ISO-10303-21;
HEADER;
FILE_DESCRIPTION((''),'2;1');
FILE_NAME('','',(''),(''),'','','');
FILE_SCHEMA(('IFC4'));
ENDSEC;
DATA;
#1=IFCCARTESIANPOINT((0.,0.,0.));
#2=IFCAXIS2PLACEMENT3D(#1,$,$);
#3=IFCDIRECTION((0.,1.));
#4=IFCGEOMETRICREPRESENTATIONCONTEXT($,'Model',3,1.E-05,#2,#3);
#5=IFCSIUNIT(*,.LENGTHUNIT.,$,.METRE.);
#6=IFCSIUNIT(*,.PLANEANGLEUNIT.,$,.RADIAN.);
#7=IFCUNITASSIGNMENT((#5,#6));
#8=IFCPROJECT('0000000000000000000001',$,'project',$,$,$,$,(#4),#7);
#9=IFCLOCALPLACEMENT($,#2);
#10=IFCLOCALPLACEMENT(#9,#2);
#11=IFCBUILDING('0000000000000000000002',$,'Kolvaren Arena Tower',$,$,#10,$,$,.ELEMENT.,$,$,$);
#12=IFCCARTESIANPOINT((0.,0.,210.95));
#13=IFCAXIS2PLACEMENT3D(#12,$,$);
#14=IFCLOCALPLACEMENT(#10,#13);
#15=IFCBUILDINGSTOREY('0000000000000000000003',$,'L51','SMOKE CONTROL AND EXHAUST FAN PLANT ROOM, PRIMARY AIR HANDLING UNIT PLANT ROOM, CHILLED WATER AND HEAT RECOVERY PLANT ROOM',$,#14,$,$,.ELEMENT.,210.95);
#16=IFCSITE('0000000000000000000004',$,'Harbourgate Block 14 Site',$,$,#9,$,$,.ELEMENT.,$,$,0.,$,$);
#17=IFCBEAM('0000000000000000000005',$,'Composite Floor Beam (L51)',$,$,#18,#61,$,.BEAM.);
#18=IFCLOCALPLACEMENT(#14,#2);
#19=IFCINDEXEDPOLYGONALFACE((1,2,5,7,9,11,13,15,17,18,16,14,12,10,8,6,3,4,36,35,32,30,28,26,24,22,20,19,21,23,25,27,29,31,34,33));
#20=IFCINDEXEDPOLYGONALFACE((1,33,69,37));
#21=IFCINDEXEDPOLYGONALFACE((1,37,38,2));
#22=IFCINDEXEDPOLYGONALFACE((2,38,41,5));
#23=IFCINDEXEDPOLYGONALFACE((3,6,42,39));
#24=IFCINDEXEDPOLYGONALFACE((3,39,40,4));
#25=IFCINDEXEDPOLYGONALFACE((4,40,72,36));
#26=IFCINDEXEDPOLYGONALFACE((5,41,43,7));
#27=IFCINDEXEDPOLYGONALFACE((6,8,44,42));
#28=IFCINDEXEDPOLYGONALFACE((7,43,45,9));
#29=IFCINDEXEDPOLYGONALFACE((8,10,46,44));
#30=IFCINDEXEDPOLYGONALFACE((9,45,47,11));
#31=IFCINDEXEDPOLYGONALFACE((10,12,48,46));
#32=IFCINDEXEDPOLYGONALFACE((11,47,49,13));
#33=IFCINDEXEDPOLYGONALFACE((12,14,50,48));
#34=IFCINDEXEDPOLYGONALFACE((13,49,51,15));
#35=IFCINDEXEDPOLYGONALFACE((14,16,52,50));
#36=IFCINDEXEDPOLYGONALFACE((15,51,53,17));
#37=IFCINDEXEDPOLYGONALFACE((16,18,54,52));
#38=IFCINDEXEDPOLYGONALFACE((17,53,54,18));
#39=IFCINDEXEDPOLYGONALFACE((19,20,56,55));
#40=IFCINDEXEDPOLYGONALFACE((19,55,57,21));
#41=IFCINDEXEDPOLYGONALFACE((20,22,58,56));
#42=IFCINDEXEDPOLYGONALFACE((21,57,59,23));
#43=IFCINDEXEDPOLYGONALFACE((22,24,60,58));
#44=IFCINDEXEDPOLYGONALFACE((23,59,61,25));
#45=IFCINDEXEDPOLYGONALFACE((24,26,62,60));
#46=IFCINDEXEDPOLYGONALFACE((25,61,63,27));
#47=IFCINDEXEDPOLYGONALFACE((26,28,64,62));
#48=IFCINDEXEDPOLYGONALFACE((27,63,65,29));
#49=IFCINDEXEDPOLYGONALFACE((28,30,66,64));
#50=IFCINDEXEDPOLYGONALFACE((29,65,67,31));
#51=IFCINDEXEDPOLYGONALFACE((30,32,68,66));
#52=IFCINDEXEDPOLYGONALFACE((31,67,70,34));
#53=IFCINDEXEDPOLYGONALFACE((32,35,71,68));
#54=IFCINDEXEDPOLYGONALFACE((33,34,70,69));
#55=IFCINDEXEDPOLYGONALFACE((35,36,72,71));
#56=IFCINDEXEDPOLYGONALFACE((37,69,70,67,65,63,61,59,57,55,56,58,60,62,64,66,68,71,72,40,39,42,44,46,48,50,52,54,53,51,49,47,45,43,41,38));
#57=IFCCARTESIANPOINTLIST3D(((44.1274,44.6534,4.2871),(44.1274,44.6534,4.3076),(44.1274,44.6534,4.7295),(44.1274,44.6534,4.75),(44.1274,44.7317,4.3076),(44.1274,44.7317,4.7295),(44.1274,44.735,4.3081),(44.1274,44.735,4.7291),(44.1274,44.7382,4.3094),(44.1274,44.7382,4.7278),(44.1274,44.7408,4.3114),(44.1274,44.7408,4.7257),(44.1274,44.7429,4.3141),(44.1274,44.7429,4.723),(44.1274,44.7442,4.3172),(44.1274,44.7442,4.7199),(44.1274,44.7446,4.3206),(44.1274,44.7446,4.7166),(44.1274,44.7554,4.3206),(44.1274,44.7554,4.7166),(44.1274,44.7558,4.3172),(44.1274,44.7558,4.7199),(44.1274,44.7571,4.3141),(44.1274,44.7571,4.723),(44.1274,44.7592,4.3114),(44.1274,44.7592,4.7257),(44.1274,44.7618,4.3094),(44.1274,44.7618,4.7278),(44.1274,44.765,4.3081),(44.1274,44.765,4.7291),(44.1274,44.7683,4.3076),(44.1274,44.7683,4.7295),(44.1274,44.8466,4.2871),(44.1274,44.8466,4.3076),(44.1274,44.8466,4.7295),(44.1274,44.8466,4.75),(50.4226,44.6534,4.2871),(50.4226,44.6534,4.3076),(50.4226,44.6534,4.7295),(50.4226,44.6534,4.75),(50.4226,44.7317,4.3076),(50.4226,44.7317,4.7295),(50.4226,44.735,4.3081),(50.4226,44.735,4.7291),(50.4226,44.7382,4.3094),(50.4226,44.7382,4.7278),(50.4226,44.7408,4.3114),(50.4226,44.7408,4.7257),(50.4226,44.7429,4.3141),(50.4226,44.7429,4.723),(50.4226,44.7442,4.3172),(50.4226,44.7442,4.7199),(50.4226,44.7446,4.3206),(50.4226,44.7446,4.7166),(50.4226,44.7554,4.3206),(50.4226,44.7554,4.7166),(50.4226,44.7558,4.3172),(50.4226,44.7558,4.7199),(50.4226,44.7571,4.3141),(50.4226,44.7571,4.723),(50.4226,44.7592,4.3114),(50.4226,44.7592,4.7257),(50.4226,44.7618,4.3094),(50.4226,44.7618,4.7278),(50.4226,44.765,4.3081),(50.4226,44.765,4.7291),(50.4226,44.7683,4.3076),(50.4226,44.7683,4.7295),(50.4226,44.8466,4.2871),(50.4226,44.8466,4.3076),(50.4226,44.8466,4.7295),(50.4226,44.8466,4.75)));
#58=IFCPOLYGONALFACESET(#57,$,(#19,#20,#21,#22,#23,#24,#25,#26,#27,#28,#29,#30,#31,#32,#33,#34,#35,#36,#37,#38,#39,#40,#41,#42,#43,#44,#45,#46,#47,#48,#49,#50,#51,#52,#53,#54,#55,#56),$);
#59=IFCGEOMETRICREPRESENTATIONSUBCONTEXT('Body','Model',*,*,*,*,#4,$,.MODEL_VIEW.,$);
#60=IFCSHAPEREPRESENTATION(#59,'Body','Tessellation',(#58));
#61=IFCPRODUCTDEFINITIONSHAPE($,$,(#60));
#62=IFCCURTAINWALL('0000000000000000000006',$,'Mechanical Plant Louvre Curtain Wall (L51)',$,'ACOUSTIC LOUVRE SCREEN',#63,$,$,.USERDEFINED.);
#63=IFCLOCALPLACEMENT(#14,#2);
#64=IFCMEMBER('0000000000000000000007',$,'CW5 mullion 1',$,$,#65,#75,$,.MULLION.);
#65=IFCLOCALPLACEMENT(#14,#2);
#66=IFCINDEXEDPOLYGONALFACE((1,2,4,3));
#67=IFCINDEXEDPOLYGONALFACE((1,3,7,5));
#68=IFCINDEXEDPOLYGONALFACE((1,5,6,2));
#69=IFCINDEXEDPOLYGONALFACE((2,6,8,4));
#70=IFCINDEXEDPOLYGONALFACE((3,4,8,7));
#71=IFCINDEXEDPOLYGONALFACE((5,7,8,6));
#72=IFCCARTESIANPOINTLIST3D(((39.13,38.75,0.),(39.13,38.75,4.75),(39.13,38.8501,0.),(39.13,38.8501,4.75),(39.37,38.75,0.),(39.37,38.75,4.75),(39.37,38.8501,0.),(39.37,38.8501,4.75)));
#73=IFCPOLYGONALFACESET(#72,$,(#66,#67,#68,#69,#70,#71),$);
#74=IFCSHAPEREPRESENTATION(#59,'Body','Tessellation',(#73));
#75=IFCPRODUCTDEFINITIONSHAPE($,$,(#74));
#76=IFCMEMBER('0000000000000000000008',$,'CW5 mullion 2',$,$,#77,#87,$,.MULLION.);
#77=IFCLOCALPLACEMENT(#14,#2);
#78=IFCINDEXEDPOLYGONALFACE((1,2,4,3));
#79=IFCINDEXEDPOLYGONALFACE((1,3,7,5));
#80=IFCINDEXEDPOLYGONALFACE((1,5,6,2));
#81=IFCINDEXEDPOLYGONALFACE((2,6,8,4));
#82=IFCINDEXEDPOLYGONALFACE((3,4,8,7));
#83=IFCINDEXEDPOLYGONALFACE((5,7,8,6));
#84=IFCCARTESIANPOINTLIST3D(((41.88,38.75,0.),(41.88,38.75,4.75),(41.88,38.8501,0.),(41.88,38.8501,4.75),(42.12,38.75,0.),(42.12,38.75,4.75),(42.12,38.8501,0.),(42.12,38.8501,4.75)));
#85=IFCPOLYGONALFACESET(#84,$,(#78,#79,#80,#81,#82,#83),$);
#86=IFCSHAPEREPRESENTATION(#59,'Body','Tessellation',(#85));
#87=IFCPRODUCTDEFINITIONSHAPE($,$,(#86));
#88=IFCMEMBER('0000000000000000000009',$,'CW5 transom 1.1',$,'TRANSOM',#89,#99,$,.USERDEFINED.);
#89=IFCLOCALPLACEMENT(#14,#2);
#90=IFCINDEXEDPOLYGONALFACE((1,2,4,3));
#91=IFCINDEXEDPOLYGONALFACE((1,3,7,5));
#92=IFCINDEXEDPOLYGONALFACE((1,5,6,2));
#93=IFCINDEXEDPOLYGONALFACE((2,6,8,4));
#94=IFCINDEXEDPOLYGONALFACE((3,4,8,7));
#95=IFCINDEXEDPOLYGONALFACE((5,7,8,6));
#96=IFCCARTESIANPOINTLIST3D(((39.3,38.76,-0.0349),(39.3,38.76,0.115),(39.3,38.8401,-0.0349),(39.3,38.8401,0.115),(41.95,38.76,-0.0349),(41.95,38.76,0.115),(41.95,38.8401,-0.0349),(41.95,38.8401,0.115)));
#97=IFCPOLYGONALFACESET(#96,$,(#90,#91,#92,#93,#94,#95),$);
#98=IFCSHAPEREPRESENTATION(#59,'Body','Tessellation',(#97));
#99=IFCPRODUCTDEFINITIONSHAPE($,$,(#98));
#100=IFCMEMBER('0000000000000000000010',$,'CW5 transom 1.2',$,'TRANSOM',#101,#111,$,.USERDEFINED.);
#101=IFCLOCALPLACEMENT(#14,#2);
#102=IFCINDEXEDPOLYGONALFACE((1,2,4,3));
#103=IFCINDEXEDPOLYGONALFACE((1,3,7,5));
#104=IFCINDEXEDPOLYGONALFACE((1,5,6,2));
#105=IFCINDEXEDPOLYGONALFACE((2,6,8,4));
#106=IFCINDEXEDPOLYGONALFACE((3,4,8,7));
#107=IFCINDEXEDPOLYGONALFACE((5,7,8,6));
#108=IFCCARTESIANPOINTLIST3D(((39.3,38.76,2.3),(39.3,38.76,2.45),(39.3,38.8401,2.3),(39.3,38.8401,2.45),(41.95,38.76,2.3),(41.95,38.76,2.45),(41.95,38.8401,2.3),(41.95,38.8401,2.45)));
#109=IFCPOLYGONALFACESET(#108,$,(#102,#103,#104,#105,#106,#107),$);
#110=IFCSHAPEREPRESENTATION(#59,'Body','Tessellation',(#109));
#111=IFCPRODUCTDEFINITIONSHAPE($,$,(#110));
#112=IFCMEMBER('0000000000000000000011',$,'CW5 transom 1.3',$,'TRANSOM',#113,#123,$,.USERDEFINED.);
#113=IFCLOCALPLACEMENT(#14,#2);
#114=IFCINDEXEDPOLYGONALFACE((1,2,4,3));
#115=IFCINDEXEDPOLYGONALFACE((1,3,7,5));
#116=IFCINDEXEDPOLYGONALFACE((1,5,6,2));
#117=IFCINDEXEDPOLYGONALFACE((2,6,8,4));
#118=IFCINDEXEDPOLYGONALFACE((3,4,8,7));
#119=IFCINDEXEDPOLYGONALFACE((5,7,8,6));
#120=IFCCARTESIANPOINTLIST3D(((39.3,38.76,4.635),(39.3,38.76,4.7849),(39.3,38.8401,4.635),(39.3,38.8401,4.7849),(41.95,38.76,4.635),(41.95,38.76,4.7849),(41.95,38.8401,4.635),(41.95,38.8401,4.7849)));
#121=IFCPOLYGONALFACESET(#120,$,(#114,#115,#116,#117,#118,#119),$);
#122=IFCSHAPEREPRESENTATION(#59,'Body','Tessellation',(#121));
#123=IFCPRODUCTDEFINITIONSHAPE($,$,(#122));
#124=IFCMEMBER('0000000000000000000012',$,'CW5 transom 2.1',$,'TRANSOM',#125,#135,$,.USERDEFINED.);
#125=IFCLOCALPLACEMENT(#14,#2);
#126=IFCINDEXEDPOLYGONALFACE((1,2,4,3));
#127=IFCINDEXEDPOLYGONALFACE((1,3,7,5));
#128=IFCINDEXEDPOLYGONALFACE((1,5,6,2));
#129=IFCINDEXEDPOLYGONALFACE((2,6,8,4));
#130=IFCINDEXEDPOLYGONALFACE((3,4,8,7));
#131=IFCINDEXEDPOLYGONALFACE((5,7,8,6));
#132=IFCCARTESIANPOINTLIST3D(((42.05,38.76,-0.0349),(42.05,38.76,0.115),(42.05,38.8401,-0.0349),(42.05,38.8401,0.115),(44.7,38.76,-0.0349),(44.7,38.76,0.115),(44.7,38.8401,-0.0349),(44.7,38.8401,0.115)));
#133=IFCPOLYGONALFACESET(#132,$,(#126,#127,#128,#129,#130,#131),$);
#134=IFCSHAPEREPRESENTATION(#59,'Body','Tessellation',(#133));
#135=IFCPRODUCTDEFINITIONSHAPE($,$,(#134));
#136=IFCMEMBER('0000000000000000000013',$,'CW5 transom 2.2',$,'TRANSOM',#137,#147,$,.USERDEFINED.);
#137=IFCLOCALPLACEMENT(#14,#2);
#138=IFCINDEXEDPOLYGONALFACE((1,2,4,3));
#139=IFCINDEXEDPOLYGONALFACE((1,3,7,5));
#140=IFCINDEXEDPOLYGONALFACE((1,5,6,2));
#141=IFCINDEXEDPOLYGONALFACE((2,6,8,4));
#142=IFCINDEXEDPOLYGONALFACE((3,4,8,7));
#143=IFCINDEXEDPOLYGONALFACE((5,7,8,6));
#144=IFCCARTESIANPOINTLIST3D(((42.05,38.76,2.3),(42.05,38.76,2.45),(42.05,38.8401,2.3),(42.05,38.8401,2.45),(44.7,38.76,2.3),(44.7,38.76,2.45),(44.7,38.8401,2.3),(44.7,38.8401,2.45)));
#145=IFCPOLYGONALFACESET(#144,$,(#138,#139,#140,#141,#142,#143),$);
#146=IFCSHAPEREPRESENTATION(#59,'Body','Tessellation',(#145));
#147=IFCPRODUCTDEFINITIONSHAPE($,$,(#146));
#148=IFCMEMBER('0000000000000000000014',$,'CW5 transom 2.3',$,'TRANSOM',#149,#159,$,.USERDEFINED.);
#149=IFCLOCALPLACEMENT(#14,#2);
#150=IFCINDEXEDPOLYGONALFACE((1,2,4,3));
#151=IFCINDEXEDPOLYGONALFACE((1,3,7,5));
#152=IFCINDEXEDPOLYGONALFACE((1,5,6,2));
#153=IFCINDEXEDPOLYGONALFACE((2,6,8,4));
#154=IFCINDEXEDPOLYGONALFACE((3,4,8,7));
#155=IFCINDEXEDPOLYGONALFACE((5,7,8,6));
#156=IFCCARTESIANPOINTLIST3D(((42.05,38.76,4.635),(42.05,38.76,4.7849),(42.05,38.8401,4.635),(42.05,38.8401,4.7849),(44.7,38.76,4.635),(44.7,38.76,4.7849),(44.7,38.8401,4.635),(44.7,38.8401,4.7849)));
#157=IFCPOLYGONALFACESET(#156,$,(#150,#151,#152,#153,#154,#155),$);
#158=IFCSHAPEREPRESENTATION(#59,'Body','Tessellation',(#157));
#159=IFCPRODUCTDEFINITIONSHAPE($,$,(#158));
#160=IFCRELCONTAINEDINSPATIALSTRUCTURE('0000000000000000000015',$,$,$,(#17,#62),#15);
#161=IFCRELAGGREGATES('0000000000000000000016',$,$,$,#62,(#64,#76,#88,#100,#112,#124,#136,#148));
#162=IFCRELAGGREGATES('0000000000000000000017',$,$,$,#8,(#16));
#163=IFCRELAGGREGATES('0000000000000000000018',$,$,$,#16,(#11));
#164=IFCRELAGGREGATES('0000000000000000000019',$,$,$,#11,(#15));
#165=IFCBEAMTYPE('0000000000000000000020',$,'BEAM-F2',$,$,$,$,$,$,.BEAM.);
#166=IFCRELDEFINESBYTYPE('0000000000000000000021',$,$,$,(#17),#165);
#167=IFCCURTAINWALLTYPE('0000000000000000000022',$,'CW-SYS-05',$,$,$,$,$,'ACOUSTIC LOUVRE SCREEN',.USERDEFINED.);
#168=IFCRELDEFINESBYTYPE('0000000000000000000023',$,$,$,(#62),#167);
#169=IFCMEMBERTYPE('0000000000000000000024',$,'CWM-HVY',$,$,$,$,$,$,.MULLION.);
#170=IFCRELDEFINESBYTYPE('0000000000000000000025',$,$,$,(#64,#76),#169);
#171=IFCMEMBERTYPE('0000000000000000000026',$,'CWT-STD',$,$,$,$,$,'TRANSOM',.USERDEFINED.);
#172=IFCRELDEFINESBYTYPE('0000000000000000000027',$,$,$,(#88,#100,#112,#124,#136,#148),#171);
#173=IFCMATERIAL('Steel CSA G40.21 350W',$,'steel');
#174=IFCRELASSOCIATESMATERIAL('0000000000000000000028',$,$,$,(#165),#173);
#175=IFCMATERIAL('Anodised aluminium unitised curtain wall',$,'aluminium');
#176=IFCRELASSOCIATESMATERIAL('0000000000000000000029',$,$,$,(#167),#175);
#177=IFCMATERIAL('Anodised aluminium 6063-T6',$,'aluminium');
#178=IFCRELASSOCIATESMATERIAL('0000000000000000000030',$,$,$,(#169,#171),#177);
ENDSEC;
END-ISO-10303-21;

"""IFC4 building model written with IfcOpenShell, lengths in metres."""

from ifc_helpers import new_model, si_unit, direction, frame, origin, origin_2d, place, context, subcontext, project, spatial, rectangle, i_section, extrude, material, material_profile, profile_set, type_object, element, aggregate, save


model = new_model("IFC4")

# Units and contexts
model_context = context("Model", 3, precision=1e-05, world=origin(), true_north=direction((0.0, 1.0)))
body_context = subcontext(model_context, "Body", "Model", "MODEL_VIEW")
ifc_project = project(units=[si_unit("LENGTHUNIT", "METRE"), si_unit("PLANEANGLEUNIT", "RADIAN")], contexts=[model_context])

# Site, building, storey
site_placement = place(None, origin())
site = spatial("IfcSite", under=ifc_project, at=site_placement, Name="Harbourgate Block 14 Site", CompositionType="ELEMENT", RefElevation=0.0)
building_placement = place(site_placement, origin())
building = spatial("IfcBuilding", under=site, at=building_placement, Name="Kolvaren Arena Tower", CompositionType="ELEMENT")
storey_placement = place(building_placement, frame((0.0, 0.0, 210.95)))
storey = spatial("IfcBuildingStorey", under=building, at=storey_placement, Name="L51", Description="SMOKE CONTROL AND EXHAUST FAN PLANT ROOM, PRIMARY AIR HANDLING UNIT PLANT ROOM, CHILLED WATER AND HEAT RECOVERY PLANT ROOM", CompositionType="ELEMENT", Elevation=210.95)

# Beam
ifc_material_1 = material(Name="Steel CSA G40.21 350W", Category="steel")
ifc_material_profile_1 = material_profile(ifc_material_1, i_section(OverallWidth=0.1931, OverallDepth=0.4629, WebThickness=0.0107, FlangeThickness=0.0205, FilletRadius=0.0129, at=origin_2d()), Name="W460x113")
ifc_profile_set_1 = profile_set([ifc_material_profile_1], Name="Steel CSA G40.21 350W")
beam_type_1 = type_object("IfcBeamType", Name="BEAM-F2", PredefinedType="BEAM", material=ifc_profile_set_1)
beam_1_placement = place(storey_placement, frame((44.1274, 44.75, 4.5186), z_axis=(1.0, 0.0, 0.0), x_axis=(0.0, 1.0, 0.0)))
element("IfcBeam", 1, at=beam_1_placement, inside=storey, type_object=beam_type_1, Name="Composite Floor Beam (L51)", PredefinedType="BEAM", context=body_context, shape_type="SweptSolid", body=[
    extrude(i_section(OverallWidth=0.1931, OverallDepth=0.4629, WebThickness=0.0107, FlangeThickness=0.0205, FilletRadius=0.0129, at=origin_2d()), origin(), (0.0, 0.0, 1.0), 6.2952),
])

# Curtain wall, members
ifc_material_2 = material(Name="Anodised aluminium unitised curtain wall", Category="aluminium")
curtain_wall_type = type_object("IfcCurtainWallType", Name="CW-SYS-05", ElementType="ACOUSTIC LOUVRE SCREEN", PredefinedType="USERDEFINED", material=ifc_material_2)
curtain_wall_placement = place(storey_placement, origin())
curtain_wall = element("IfcCurtainWall", 2, at=curtain_wall_placement, inside=storey, type_object=curtain_wall_type, Name="Mechanical Plant Louvre Curtain Wall (L51)", ObjectType="ACOUSTIC LOUVRE SCREEN", PredefinedType="USERDEFINED")
ifc_material_3 = material(Name="Anodised aluminium 6063-T6", Category="aluminium")
ifc_material_profile_2 = material_profile(ifc_material_3, rectangle(XDim=0.1001, YDim=0.24, at=origin_2d()), Name="ALU-100x240")
ifc_profile_set_2 = profile_set([ifc_material_profile_2], Name="Anodised aluminium 6063-T6")
member_type_1 = type_object("IfcMemberType", Name="CWM-HVY", PredefinedType="MULLION", material=ifc_profile_set_2)
member_1_placement = place(storey_placement, frame((39.25, 38.8, 0.0), z_axis=(0.0, 0.0, 1.0), x_axis=(0.0, 1.0, 0.0)))
member_1 = element("IfcMember", 3, at=member_1_placement, type_object=member_type_1, Name="CW5 mullion 1", PredefinedType="MULLION", context=body_context, shape_type="SweptSolid", body=[
    extrude(rectangle(XDim=0.1001, YDim=0.24, at=origin_2d()), origin(), (0.0, 0.0, 1.0), 4.75),
])
member_2_placement = place(storey_placement, frame((42.0, 38.8, 0.0), z_axis=(0.0, 0.0, 1.0), x_axis=(0.0, 1.0, 0.0)))
member_2 = element("IfcMember", 4, at=member_2_placement, type_object=member_type_1, Name="CW5 mullion 2", PredefinedType="MULLION", context=body_context, shape_type="SweptSolid", body=[
    extrude(rectangle(XDim=0.1001, YDim=0.24, at=origin_2d()), origin(), (0.0, 0.0, 1.0), 4.75),
])
ifc_material_profile_3 = material_profile(ifc_material_3, rectangle(XDim=0.0801, YDim=0.1499, at=origin_2d()), Name="ALU-80x150")
ifc_profile_set_3 = profile_set([ifc_material_profile_3], Name="Anodised aluminium 6063-T6")
member_type_2 = type_object("IfcMemberType", Name="CWT-STD", ElementType="TRANSOM", PredefinedType="USERDEFINED", material=ifc_profile_set_3)
member_3_placement = place(storey_placement, frame((39.3, 38.8, 0.04), z_axis=(1.0, 0.0, 0.0), x_axis=(0.0, 1.0, 0.0)))
member_3 = element("IfcMember", 5, at=member_3_placement, type_object=member_type_2, Name="CW5 transom 1.1", ObjectType="TRANSOM", PredefinedType="USERDEFINED", context=body_context, shape_type="SweptSolid", body=[
    extrude(rectangle(XDim=0.0801, YDim=0.1499, at=origin_2d()), origin(), (0.0, 0.0, 1.0), 2.6499),
])
member_4_placement = place(storey_placement, frame((39.3, 38.8, 2.375), z_axis=(1.0, 0.0, 0.0), x_axis=(0.0, 1.0, 0.0)))
member_4 = element("IfcMember", 6, at=member_4_placement, type_object=member_type_2, Name="CW5 transom 1.2", ObjectType="TRANSOM", PredefinedType="USERDEFINED", context=body_context, shape_type="SweptSolid", body=[
    extrude(rectangle(XDim=0.0801, YDim=0.1499, at=origin_2d()), origin(), (0.0, 0.0, 1.0), 2.6499),
])
member_5_placement = place(storey_placement, frame((39.3, 38.8, 4.71), z_axis=(1.0, 0.0, 0.0), x_axis=(0.0, 1.0, 0.0)))
member_5 = element("IfcMember", 7, at=member_5_placement, type_object=member_type_2, Name="CW5 transom 1.3", ObjectType="TRANSOM", PredefinedType="USERDEFINED", context=body_context, shape_type="SweptSolid", body=[
    extrude(rectangle(XDim=0.0801, YDim=0.1499, at=origin_2d()), origin(), (0.0, 0.0, 1.0), 2.6499),
])
member_6_placement = place(storey_placement, frame((42.05, 38.8, 0.04), z_axis=(1.0, 0.0, 0.0), x_axis=(0.0, 1.0, 0.0)))
member_6 = element("IfcMember", 8, at=member_6_placement, type_object=member_type_2, Name="CW5 transom 2.1", ObjectType="TRANSOM", PredefinedType="USERDEFINED", context=body_context, shape_type="SweptSolid", body=[
    extrude(rectangle(XDim=0.0801, YDim=0.1499, at=origin_2d()), origin(), (0.0, 0.0, 1.0), 2.6499),
])
member_7_placement = place(storey_placement, frame((42.05, 38.8, 2.375), z_axis=(1.0, 0.0, 0.0), x_axis=(0.0, 1.0, 0.0)))
member_7 = element("IfcMember", 9, at=member_7_placement, type_object=member_type_2, Name="CW5 transom 2.2", ObjectType="TRANSOM", PredefinedType="USERDEFINED", context=body_context, shape_type="SweptSolid", body=[
    extrude(rectangle(XDim=0.0801, YDim=0.1499, at=origin_2d()), origin(), (0.0, 0.0, 1.0), 2.6499),
])
member_8_placement = place(storey_placement, frame((42.05, 38.8, 4.71), z_axis=(1.0, 0.0, 0.0), x_axis=(0.0, 1.0, 0.0)))
member_8 = element("IfcMember", 10, at=member_8_placement, type_object=member_type_2, Name="CW5 transom 2.3", ObjectType="TRANSOM", PredefinedType="USERDEFINED", context=body_context, shape_type="SweptSolid", body=[
    extrude(rectangle(XDim=0.0801, YDim=0.1499, at=origin_2d()), origin(), (0.0, 0.0, 1.0), 2.6499),
])

aggregate(curtain_wall, [member_1, member_2, member_3, member_4, member_5, member_6, member_7, member_8])

save(model, "model.ifc")
